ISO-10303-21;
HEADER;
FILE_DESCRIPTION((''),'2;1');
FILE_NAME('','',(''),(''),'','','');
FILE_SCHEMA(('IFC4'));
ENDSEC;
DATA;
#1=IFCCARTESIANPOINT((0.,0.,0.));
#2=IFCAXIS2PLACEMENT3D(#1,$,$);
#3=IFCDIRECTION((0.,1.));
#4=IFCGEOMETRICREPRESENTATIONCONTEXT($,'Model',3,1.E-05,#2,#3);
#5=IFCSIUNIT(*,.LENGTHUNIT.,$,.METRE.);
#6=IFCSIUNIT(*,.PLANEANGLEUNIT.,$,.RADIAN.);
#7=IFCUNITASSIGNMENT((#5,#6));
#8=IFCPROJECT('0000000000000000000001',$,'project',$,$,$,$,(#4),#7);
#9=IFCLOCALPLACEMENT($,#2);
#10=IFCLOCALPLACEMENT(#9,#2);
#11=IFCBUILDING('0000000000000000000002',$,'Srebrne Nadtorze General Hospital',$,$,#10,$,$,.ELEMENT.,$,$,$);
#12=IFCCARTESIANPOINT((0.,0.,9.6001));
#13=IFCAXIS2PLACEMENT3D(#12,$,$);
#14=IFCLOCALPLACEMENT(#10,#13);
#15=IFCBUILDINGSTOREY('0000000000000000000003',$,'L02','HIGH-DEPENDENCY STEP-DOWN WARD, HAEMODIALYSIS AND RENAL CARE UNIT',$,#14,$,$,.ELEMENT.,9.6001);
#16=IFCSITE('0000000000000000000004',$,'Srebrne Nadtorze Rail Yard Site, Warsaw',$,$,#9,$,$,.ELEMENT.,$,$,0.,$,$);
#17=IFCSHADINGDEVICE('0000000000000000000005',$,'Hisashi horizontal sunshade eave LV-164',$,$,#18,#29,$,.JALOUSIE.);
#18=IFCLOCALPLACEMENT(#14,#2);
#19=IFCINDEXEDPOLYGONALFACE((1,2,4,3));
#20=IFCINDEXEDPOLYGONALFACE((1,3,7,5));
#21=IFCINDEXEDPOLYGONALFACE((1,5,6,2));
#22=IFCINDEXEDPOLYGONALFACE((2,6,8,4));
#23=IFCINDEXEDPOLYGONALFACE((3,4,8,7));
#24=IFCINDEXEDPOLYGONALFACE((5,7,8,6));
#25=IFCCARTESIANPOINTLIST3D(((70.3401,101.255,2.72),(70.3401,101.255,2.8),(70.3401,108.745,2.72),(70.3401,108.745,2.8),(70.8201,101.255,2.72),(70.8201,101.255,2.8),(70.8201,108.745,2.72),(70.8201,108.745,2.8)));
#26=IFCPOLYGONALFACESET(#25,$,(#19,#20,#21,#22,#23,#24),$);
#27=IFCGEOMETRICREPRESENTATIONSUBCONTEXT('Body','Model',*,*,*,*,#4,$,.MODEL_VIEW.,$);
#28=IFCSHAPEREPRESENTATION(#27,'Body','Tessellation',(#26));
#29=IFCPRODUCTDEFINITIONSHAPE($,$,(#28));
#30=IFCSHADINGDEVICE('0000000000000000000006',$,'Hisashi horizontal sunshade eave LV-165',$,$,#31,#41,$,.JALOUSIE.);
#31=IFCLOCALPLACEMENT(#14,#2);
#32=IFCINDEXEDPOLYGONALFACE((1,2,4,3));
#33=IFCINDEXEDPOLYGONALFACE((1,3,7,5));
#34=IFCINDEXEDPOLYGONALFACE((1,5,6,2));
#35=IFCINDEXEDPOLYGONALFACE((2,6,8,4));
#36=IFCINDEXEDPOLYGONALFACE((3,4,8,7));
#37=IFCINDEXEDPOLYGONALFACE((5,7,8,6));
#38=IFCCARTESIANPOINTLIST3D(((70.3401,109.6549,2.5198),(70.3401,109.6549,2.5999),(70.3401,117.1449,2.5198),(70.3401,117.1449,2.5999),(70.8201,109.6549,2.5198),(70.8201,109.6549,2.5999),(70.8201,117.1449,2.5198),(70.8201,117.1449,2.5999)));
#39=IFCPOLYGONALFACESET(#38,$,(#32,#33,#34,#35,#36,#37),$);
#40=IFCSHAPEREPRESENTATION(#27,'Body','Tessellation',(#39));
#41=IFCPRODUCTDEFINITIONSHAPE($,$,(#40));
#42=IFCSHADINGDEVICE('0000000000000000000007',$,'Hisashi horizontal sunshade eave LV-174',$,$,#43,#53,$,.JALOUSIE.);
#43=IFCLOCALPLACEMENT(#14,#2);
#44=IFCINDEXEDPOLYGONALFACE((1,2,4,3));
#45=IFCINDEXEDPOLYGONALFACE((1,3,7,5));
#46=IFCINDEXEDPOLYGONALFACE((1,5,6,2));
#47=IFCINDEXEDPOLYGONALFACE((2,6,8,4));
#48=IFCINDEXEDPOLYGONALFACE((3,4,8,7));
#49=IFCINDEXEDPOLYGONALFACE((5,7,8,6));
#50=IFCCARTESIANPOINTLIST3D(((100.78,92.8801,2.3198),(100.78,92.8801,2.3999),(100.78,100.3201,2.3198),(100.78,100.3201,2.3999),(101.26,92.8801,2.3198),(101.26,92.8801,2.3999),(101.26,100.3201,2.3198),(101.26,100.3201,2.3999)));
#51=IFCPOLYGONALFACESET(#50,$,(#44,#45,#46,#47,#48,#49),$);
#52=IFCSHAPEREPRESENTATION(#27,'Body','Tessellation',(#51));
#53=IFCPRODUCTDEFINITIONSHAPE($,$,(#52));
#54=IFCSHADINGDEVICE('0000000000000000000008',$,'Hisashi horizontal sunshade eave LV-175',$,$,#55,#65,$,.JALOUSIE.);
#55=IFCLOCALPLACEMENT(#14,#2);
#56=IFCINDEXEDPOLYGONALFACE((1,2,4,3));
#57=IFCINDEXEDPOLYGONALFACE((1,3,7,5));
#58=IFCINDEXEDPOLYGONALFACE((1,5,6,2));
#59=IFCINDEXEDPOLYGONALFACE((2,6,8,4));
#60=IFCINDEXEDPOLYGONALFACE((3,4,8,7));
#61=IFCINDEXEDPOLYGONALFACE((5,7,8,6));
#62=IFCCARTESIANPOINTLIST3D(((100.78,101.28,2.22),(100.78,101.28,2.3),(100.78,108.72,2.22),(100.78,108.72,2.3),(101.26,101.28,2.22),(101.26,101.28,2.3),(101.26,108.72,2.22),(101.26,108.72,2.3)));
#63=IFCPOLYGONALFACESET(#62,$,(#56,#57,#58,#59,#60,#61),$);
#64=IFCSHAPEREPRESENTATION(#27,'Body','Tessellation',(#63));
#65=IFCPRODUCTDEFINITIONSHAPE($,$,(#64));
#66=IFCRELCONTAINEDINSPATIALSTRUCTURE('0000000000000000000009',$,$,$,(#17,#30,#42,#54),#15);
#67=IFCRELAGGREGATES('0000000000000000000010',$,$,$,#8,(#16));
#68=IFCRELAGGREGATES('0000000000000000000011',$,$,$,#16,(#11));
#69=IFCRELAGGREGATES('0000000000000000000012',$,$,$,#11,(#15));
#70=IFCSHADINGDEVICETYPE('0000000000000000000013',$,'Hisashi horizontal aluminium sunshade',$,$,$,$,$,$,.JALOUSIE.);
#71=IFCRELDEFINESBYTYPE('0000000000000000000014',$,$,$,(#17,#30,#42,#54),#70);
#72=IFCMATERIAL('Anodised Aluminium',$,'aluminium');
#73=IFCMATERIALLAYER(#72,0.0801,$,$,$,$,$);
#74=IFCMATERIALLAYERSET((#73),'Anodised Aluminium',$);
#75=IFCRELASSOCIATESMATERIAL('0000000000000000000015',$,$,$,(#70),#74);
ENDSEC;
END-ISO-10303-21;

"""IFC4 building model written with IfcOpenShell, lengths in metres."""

from ifc_helpers import new_model, si_unit, direction, frame, origin, origin_2d, place, context, subcontext, project, spatial, rectangle, extrude, material, layer, layer_set, type_object, element, save


model = new_model("IFC4")

# Units and contexts
model_context = context("Model", 3, precision=1e-05, world=origin(), true_north=direction((0.0, 1.0)))
body_context = subcontext(model_context, "Body", "Model", "MODEL_VIEW")
ifc_project = project(units=[si_unit("LENGTHUNIT", "METRE"), si_unit("PLANEANGLEUNIT", "RADIAN")], contexts=[model_context])

# Site, building, storey
site_placement = place(None, origin())
site = spatial("IfcSite", under=ifc_project, at=site_placement, Name="Srebrne Nadtorze Rail Yard Site, Warsaw", CompositionType="ELEMENT", RefElevation=0.0)
building_placement = place(site_placement, origin())
building = spatial("IfcBuilding", under=site, at=building_placement, Name="Srebrne Nadtorze General Hospital", CompositionType="ELEMENT")
storey_placement = place(building_placement, frame((0.0, 0.0, 9.6001)))
storey = spatial("IfcBuildingStorey", under=building, at=storey_placement, Name="L02", Description="HIGH-DEPENDENCY STEP-DOWN WARD, HAEMODIALYSIS AND RENAL CARE UNIT", CompositionType="ELEMENT", Elevation=9.6001)

# Shading devices
ifc_material_1 = material(Name="Anodised Aluminium", Category="aluminium")
ifc_layer_1 = layer(ifc_material_1, 0.0801)
ifc_layer_set_1 = layer_set([ifc_layer_1], Name="Anodised Aluminium")
shading_device_type = type_object("IfcShadingDeviceType", Name="Hisashi horizontal aluminium sunshade", PredefinedType="JALOUSIE", material=ifc_layer_set_1)
for number, where, z_axis, x_axis, name in (
    (1, (70.5801, 105.0, 2.72), (0.0, 0.0, 1.0), (1.0, 0.0, 0.0), "Hisashi horizontal sunshade eave LV-164"),
    (2, (70.5801, 113.3999, 2.5198), (0.0, 0.0, 1.0), (1.0, 0.0, 0.0), "Hisashi horizontal sunshade eave LV-165"),
):
    element("IfcShadingDevice", number, at=place(storey_placement, frame(where, z_axis=z_axis, x_axis=x_axis)), inside=storey, type_object=shading_device_type, Name=name, PredefinedType="JALOUSIE", context=body_context, shape_type="SweptSolid", body=[
        extrude(rectangle(XDim=0.48, YDim=7.49, at=origin_2d()), origin(), (0.0, 0.0, 1.0), 0.0801),
    ])
for number, where, z_axis, x_axis, name in (
    (3, (101.02, 96.6001, 2.3198), (0.0, 0.0, 1.0), (1.0, 0.0, 0.0), "Hisashi horizontal sunshade eave LV-174"),
    (4, (101.02, 105.0, 2.22), (0.0, 0.0, 1.0), (1.0, 0.0, 0.0), "Hisashi horizontal sunshade eave LV-175"),
):
    element("IfcShadingDevice", number, at=place(storey_placement, frame(where, z_axis=z_axis, x_axis=x_axis)), inside=storey, type_object=shading_device_type, Name=name, PredefinedType="JALOUSIE", context=body_context, shape_type="SweptSolid", body=[
        extrude(rectangle(XDim=0.48, YDim=7.4399, at=origin_2d()), origin(), (0.0, 0.0, 1.0), 0.0801),
    ])

save(model, "model.ifc")
